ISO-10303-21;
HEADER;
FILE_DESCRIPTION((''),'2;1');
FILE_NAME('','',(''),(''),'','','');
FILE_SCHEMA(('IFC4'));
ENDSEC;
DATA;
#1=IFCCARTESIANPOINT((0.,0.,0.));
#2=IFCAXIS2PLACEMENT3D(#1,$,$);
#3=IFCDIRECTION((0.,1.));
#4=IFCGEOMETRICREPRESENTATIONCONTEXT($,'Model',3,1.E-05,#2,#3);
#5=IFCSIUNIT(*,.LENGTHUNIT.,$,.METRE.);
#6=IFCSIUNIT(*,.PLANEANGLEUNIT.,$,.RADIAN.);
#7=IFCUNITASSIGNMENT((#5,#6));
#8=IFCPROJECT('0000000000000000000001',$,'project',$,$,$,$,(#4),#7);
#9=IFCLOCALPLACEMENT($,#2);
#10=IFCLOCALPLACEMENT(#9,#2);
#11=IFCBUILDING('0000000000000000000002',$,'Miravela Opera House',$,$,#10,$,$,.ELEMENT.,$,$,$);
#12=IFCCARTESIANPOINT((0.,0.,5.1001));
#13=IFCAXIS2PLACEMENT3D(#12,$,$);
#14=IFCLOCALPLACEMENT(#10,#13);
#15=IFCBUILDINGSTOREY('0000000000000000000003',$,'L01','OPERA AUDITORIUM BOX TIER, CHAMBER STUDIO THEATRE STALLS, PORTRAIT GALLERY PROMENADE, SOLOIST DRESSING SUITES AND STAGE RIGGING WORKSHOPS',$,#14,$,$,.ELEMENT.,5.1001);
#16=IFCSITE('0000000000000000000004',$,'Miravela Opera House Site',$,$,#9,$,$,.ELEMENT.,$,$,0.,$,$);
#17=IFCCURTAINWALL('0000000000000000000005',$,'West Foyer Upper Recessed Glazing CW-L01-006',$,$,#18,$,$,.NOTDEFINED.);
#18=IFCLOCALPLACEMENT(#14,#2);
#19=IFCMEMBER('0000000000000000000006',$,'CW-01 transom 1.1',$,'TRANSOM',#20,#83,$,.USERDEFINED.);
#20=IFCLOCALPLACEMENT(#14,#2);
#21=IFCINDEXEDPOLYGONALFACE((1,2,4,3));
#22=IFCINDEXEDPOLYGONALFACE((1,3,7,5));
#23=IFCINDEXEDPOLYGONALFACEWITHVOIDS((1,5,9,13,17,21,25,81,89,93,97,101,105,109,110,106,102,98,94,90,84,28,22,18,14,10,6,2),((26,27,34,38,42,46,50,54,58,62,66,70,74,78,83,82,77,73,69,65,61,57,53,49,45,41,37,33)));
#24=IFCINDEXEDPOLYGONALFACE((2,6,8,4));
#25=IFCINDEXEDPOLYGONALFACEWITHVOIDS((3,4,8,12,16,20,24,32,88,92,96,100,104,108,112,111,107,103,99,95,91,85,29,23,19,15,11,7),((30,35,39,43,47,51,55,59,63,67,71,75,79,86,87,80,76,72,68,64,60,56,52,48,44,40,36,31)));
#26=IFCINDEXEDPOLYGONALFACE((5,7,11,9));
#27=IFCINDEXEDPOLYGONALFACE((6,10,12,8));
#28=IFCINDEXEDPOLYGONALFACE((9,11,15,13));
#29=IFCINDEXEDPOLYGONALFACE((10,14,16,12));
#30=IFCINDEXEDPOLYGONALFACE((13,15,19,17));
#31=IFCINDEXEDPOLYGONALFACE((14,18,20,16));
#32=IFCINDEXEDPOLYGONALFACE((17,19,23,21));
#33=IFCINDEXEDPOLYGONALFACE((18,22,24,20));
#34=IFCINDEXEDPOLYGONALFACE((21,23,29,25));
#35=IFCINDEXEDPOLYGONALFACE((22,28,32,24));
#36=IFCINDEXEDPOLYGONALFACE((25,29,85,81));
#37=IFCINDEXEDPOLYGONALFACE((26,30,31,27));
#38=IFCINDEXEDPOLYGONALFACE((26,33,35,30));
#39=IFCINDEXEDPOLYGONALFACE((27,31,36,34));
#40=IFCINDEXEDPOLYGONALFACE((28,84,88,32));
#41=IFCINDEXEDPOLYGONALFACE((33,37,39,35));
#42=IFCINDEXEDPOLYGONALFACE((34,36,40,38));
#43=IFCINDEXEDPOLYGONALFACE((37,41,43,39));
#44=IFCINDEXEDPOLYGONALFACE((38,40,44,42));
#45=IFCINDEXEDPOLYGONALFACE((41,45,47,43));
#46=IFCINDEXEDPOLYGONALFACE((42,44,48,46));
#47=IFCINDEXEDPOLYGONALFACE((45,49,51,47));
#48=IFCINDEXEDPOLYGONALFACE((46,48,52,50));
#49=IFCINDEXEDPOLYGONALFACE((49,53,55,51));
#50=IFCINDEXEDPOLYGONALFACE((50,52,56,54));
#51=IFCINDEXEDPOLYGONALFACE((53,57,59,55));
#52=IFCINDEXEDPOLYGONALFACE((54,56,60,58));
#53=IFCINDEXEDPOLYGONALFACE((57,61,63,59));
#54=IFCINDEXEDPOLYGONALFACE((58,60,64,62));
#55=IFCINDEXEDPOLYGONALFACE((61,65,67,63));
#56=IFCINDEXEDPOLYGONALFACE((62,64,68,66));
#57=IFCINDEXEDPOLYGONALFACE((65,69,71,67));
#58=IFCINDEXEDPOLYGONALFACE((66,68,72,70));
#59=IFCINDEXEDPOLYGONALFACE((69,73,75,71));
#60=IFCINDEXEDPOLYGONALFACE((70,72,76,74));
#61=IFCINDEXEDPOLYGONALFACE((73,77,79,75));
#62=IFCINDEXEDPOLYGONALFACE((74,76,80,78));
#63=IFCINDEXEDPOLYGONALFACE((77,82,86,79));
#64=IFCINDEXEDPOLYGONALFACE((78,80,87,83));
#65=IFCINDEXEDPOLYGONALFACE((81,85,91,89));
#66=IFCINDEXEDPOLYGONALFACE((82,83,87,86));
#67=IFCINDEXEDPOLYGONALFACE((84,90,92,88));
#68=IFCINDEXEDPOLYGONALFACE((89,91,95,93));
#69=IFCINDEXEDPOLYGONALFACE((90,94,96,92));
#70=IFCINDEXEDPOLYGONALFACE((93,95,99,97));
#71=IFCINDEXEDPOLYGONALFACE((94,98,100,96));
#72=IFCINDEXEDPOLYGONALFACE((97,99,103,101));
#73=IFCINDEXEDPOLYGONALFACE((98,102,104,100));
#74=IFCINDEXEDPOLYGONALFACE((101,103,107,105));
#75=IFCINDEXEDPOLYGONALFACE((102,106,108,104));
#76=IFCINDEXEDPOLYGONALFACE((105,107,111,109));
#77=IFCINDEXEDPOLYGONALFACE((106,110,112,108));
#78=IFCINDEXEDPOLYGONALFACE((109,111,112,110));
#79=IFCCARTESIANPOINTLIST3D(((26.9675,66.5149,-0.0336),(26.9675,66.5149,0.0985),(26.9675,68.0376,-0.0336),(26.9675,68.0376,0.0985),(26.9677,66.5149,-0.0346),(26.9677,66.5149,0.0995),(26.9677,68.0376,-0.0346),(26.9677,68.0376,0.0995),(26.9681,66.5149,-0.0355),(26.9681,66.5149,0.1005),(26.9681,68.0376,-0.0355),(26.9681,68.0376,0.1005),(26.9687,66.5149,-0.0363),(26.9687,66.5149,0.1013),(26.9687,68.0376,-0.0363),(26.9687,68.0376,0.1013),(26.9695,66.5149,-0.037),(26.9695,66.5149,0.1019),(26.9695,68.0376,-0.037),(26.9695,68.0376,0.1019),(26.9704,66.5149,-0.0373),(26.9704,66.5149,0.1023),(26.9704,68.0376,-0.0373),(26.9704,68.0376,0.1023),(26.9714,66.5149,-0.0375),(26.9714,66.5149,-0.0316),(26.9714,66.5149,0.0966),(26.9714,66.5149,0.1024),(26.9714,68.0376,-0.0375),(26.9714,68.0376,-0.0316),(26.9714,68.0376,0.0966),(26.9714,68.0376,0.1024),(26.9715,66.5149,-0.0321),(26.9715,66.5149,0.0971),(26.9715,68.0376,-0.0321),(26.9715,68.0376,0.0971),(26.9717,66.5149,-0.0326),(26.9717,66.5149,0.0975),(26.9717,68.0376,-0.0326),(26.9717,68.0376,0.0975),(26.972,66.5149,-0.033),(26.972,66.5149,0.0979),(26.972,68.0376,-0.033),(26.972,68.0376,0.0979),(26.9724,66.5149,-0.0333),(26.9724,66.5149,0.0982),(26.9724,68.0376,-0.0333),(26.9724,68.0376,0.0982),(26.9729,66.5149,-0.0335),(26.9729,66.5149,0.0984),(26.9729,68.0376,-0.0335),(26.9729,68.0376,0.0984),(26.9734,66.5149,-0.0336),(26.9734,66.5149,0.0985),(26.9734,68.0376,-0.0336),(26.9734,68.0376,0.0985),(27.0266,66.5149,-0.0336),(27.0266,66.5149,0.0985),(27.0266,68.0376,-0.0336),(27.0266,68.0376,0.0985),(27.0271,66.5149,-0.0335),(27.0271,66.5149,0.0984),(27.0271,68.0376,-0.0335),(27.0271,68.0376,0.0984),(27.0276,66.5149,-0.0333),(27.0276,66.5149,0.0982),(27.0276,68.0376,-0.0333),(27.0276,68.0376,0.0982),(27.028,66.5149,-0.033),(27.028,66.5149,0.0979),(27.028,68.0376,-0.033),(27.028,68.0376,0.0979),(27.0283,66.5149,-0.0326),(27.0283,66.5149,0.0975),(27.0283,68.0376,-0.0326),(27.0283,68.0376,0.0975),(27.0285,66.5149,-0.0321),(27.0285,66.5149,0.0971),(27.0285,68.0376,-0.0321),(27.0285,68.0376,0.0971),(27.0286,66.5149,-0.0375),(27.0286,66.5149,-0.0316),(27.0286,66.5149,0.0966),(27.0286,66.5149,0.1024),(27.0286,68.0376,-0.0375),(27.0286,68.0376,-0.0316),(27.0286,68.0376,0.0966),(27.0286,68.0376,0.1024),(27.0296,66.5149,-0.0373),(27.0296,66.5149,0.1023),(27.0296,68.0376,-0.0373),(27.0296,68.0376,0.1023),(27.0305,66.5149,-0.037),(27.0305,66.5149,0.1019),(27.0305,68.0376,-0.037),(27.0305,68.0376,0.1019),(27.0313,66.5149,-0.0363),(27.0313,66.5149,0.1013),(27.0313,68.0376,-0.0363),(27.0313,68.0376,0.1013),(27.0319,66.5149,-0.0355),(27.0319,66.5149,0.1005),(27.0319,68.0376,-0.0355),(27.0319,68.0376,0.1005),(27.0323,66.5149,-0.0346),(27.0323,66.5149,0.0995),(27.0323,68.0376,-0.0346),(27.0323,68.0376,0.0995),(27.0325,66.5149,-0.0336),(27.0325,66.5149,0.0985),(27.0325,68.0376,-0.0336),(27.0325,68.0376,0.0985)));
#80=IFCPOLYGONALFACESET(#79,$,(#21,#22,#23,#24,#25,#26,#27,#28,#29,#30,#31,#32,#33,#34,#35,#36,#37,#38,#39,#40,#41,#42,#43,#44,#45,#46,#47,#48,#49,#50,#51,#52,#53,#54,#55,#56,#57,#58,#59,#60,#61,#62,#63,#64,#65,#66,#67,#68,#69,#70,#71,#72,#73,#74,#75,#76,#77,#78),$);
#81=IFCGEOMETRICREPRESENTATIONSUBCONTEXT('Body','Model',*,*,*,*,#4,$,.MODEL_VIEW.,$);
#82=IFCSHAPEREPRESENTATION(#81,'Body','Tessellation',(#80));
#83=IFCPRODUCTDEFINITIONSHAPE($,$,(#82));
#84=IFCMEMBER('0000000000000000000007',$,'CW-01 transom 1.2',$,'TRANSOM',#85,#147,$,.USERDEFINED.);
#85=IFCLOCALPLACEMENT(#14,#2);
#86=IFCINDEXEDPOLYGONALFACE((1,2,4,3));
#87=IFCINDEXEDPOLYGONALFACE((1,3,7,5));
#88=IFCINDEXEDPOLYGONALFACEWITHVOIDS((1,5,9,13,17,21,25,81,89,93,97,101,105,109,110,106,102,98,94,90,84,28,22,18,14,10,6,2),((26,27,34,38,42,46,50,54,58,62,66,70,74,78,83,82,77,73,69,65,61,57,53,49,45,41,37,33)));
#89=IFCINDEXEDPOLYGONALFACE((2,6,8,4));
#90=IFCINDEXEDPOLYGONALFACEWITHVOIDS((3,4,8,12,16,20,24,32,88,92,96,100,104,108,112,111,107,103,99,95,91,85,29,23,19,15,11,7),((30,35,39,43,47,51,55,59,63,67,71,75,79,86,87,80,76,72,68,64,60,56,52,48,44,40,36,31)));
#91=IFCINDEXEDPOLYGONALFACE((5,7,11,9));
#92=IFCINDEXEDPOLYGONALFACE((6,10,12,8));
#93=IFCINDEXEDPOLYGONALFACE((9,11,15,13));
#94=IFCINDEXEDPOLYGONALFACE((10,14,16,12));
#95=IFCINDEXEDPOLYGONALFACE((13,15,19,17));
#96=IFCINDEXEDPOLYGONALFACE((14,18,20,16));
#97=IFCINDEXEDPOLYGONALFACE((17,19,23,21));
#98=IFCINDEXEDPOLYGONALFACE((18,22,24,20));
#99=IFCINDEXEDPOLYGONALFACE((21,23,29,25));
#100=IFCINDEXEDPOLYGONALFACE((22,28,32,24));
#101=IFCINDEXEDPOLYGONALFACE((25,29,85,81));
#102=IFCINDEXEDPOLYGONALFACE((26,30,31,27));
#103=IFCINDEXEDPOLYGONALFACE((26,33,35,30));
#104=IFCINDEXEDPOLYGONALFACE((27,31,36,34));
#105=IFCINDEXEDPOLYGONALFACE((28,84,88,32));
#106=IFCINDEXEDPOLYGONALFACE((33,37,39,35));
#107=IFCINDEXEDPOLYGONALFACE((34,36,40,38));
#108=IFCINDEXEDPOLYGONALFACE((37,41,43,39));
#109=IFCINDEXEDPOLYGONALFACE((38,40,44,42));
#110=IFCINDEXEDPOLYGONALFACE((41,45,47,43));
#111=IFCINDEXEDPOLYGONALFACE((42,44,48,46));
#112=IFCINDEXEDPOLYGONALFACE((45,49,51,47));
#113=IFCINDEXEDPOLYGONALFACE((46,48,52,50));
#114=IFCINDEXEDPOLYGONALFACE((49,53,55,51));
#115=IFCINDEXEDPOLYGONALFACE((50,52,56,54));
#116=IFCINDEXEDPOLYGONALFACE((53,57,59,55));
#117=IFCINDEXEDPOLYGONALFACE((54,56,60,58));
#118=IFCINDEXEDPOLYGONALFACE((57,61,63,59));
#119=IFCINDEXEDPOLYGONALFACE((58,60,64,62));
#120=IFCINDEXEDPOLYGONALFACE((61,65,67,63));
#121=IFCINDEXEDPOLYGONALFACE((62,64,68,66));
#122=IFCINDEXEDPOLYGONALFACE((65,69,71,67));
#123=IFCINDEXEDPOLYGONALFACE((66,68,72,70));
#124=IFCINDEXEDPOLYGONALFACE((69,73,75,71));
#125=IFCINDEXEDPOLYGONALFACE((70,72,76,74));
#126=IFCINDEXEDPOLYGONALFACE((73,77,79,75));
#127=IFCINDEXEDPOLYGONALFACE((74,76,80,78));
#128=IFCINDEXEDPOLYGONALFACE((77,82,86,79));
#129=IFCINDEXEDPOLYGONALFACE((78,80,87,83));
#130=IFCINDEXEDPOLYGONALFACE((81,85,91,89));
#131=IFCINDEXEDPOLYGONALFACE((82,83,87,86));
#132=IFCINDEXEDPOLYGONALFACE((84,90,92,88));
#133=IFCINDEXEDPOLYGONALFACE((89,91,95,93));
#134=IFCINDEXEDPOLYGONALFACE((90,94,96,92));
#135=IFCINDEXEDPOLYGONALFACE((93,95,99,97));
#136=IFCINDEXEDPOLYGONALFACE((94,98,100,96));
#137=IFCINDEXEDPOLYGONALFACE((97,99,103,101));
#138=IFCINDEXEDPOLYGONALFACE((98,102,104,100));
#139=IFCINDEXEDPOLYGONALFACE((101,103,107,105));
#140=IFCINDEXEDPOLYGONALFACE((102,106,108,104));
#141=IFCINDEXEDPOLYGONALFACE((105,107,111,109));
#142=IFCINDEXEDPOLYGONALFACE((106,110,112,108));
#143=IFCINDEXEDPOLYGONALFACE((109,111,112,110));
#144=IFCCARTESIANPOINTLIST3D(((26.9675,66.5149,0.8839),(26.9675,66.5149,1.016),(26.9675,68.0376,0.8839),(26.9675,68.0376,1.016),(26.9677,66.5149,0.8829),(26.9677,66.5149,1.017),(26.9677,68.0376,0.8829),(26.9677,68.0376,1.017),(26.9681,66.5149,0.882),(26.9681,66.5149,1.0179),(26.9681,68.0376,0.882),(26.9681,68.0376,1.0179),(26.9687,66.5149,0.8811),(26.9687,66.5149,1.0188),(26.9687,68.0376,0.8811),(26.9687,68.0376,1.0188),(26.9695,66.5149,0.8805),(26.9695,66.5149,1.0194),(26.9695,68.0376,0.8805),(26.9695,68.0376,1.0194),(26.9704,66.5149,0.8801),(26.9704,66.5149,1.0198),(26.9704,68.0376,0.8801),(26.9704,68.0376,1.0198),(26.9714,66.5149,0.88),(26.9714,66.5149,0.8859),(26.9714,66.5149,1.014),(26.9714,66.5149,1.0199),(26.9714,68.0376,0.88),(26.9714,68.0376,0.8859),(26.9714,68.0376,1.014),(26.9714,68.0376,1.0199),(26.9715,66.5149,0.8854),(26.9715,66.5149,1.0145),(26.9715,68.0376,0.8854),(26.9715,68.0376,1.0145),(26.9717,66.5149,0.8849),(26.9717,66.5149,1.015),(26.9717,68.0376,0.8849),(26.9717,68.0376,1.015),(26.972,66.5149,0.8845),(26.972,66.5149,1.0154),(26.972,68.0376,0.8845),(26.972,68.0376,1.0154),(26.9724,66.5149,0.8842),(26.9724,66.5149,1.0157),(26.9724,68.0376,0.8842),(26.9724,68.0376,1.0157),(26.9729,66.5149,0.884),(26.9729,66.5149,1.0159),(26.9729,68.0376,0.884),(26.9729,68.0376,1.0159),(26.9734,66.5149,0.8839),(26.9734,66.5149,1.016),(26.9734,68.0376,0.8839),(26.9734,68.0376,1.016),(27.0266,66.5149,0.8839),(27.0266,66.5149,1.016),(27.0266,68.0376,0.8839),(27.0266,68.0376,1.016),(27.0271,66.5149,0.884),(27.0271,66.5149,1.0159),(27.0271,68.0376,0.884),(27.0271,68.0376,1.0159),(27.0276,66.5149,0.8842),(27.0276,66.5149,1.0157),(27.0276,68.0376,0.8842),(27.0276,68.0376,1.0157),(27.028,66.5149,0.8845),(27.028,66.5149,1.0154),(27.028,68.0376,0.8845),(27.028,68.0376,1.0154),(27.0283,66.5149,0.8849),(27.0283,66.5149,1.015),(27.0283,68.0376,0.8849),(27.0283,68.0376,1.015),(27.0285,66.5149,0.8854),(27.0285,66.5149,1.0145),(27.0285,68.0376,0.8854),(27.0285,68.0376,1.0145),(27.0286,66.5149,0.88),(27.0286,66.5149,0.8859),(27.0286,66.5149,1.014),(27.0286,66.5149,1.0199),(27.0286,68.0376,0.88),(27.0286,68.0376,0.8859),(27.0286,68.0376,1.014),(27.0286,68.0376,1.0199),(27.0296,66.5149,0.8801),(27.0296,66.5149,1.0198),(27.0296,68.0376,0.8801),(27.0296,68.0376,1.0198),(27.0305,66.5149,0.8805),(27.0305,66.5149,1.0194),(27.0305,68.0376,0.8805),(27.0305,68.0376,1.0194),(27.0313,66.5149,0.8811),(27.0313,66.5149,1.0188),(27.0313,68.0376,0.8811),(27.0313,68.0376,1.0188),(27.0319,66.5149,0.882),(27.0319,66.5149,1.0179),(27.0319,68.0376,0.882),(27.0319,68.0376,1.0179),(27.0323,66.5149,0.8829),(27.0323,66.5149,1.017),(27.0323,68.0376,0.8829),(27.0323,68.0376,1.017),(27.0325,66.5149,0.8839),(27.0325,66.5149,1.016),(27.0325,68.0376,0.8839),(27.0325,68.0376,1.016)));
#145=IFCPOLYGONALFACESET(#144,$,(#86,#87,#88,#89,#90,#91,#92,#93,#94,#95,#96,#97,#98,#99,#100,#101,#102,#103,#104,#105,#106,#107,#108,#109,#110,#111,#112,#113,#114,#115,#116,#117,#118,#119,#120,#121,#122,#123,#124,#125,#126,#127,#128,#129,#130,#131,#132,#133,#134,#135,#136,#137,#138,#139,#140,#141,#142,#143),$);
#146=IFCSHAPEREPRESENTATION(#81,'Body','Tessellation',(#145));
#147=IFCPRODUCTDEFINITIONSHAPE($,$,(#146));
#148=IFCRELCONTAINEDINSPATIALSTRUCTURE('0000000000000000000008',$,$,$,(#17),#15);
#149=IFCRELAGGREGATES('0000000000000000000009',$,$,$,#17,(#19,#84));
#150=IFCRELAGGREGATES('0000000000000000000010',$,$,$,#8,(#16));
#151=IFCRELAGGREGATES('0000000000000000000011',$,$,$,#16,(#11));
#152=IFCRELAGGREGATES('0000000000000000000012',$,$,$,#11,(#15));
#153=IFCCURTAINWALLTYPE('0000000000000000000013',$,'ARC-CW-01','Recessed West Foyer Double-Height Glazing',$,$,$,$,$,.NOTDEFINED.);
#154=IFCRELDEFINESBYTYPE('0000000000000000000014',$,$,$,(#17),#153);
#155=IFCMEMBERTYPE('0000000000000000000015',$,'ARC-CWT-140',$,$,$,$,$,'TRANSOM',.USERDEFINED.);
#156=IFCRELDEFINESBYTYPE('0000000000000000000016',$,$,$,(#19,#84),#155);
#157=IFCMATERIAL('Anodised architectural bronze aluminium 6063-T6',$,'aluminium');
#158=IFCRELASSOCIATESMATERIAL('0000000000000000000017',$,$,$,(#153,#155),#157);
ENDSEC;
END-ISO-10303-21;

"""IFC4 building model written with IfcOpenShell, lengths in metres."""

from ifc_helpers import new_model, si_unit, direction, frame, origin, origin_2d, place, context, subcontext, project, spatial, hollow_rectangle, extrude, material, material_profile, profile_set, type_object, element, aggregate, save


model = new_model("IFC4")

# Units and contexts
model_context = context("Model", 3, precision=1e-05, world=origin(), true_north=direction((0.0, 1.0)))
body_context = subcontext(model_context, "Body", "Model", "MODEL_VIEW")
ifc_project = project(units=[si_unit("LENGTHUNIT", "METRE"), si_unit("PLANEANGLEUNIT", "RADIAN")], contexts=[model_context])

# Site, building, storey
site_placement = place(None, origin())
site = spatial("IfcSite", under=ifc_project, at=site_placement, Name="Miravela Opera House Site", CompositionType="ELEMENT", RefElevation=0.0)
building_placement = place(site_placement, origin())
building = spatial("IfcBuilding", under=site, at=building_placement, Name="Miravela Opera House", CompositionType="ELEMENT")
storey_placement = place(building_placement, frame((0.0, 0.0, 5.1001)))
storey = spatial("IfcBuildingStorey", under=building, at=storey_placement, Name="L01", Description="OPERA AUDITORIUM BOX TIER, CHAMBER STUDIO THEATRE STALLS, PORTRAIT GALLERY PROMENADE, SOLOIST DRESSING SUITES AND STAGE RIGGING WORKSHOPS", CompositionType="ELEMENT", Elevation=5.1001)

# Curtain wall, members
ifc_material_1 = material(Name="Anodised architectural bronze aluminium 6063-T6", Category="aluminium")
curtain_wall_type = type_object("IfcCurtainWallType", Name="ARC-CW-01", Description="Recessed West Foyer Double-Height Glazing", PredefinedType="NOTDEFINED", material=ifc_material_1)
curtain_wall_placement = place(storey_placement, origin())
curtain_wall = element("IfcCurtainWall", 1, at=curtain_wall_placement, inside=storey, type_object=curtain_wall_type, Name="West Foyer Upper Recessed Glazing CW-L01-006", PredefinedType="NOTDEFINED")
ifc_material_profile_1 = material_profile(ifc_material_1, hollow_rectangle(XDim=0.0649, YDim=0.1399, WallThickness=0.0039, InnerFilletRadius=0.002, OuterFilletRadius=0.0039, at=origin_2d()), Name="CWT-65X140")
ifc_profile_set_1 = profile_set([ifc_material_profile_1])
member_type_1 = type_object("IfcMemberType", Name="ARC-CWT-140", ElementType="TRANSOM", PredefinedType="USERDEFINED", material=ifc_profile_set_1)
member_1_placement = place(storey_placement, frame((27.0, 66.5149, 0.0325), z_axis=(0.0, 1.0, 0.0), x_axis=(-1.0, 0.0, 0.0)))
member_1 = element("IfcMember", 2, at=member_1_placement, type_object=member_type_1, Name="CW-01 transom 1.1", ObjectType="TRANSOM", PredefinedType="USERDEFINED", context=body_context, shape_type="SweptSolid", body=[
    extrude(hollow_rectangle(XDim=0.0649, YDim=0.1399, WallThickness=0.0039, InnerFilletRadius=0.002, OuterFilletRadius=0.0039, at=origin_2d()), origin(), (0.0, 0.0, 1.0), 1.5227),
])
member_2_placement = place(storey_placement, frame((27.0, 66.5149, 0.95), z_axis=(0.0, 1.0, 0.0), x_axis=(-1.0, 0.0, 0.0)))
member_2 = element("IfcMember", 3, at=member_2_placement, type_object=member_type_1, Name="CW-01 transom 1.2", ObjectType="TRANSOM", PredefinedType="USERDEFINED", context=body_context, shape_type="SweptSolid", body=[
    extrude(hollow_rectangle(XDim=0.0649, YDim=0.1399, WallThickness=0.0039, InnerFilletRadius=0.002, OuterFilletRadius=0.0039, at=origin_2d()), origin(), (0.0, 0.0, 1.0), 1.5227),
])

aggregate(curtain_wall, [member_1, member_2])

save(model, "model.ifc")
